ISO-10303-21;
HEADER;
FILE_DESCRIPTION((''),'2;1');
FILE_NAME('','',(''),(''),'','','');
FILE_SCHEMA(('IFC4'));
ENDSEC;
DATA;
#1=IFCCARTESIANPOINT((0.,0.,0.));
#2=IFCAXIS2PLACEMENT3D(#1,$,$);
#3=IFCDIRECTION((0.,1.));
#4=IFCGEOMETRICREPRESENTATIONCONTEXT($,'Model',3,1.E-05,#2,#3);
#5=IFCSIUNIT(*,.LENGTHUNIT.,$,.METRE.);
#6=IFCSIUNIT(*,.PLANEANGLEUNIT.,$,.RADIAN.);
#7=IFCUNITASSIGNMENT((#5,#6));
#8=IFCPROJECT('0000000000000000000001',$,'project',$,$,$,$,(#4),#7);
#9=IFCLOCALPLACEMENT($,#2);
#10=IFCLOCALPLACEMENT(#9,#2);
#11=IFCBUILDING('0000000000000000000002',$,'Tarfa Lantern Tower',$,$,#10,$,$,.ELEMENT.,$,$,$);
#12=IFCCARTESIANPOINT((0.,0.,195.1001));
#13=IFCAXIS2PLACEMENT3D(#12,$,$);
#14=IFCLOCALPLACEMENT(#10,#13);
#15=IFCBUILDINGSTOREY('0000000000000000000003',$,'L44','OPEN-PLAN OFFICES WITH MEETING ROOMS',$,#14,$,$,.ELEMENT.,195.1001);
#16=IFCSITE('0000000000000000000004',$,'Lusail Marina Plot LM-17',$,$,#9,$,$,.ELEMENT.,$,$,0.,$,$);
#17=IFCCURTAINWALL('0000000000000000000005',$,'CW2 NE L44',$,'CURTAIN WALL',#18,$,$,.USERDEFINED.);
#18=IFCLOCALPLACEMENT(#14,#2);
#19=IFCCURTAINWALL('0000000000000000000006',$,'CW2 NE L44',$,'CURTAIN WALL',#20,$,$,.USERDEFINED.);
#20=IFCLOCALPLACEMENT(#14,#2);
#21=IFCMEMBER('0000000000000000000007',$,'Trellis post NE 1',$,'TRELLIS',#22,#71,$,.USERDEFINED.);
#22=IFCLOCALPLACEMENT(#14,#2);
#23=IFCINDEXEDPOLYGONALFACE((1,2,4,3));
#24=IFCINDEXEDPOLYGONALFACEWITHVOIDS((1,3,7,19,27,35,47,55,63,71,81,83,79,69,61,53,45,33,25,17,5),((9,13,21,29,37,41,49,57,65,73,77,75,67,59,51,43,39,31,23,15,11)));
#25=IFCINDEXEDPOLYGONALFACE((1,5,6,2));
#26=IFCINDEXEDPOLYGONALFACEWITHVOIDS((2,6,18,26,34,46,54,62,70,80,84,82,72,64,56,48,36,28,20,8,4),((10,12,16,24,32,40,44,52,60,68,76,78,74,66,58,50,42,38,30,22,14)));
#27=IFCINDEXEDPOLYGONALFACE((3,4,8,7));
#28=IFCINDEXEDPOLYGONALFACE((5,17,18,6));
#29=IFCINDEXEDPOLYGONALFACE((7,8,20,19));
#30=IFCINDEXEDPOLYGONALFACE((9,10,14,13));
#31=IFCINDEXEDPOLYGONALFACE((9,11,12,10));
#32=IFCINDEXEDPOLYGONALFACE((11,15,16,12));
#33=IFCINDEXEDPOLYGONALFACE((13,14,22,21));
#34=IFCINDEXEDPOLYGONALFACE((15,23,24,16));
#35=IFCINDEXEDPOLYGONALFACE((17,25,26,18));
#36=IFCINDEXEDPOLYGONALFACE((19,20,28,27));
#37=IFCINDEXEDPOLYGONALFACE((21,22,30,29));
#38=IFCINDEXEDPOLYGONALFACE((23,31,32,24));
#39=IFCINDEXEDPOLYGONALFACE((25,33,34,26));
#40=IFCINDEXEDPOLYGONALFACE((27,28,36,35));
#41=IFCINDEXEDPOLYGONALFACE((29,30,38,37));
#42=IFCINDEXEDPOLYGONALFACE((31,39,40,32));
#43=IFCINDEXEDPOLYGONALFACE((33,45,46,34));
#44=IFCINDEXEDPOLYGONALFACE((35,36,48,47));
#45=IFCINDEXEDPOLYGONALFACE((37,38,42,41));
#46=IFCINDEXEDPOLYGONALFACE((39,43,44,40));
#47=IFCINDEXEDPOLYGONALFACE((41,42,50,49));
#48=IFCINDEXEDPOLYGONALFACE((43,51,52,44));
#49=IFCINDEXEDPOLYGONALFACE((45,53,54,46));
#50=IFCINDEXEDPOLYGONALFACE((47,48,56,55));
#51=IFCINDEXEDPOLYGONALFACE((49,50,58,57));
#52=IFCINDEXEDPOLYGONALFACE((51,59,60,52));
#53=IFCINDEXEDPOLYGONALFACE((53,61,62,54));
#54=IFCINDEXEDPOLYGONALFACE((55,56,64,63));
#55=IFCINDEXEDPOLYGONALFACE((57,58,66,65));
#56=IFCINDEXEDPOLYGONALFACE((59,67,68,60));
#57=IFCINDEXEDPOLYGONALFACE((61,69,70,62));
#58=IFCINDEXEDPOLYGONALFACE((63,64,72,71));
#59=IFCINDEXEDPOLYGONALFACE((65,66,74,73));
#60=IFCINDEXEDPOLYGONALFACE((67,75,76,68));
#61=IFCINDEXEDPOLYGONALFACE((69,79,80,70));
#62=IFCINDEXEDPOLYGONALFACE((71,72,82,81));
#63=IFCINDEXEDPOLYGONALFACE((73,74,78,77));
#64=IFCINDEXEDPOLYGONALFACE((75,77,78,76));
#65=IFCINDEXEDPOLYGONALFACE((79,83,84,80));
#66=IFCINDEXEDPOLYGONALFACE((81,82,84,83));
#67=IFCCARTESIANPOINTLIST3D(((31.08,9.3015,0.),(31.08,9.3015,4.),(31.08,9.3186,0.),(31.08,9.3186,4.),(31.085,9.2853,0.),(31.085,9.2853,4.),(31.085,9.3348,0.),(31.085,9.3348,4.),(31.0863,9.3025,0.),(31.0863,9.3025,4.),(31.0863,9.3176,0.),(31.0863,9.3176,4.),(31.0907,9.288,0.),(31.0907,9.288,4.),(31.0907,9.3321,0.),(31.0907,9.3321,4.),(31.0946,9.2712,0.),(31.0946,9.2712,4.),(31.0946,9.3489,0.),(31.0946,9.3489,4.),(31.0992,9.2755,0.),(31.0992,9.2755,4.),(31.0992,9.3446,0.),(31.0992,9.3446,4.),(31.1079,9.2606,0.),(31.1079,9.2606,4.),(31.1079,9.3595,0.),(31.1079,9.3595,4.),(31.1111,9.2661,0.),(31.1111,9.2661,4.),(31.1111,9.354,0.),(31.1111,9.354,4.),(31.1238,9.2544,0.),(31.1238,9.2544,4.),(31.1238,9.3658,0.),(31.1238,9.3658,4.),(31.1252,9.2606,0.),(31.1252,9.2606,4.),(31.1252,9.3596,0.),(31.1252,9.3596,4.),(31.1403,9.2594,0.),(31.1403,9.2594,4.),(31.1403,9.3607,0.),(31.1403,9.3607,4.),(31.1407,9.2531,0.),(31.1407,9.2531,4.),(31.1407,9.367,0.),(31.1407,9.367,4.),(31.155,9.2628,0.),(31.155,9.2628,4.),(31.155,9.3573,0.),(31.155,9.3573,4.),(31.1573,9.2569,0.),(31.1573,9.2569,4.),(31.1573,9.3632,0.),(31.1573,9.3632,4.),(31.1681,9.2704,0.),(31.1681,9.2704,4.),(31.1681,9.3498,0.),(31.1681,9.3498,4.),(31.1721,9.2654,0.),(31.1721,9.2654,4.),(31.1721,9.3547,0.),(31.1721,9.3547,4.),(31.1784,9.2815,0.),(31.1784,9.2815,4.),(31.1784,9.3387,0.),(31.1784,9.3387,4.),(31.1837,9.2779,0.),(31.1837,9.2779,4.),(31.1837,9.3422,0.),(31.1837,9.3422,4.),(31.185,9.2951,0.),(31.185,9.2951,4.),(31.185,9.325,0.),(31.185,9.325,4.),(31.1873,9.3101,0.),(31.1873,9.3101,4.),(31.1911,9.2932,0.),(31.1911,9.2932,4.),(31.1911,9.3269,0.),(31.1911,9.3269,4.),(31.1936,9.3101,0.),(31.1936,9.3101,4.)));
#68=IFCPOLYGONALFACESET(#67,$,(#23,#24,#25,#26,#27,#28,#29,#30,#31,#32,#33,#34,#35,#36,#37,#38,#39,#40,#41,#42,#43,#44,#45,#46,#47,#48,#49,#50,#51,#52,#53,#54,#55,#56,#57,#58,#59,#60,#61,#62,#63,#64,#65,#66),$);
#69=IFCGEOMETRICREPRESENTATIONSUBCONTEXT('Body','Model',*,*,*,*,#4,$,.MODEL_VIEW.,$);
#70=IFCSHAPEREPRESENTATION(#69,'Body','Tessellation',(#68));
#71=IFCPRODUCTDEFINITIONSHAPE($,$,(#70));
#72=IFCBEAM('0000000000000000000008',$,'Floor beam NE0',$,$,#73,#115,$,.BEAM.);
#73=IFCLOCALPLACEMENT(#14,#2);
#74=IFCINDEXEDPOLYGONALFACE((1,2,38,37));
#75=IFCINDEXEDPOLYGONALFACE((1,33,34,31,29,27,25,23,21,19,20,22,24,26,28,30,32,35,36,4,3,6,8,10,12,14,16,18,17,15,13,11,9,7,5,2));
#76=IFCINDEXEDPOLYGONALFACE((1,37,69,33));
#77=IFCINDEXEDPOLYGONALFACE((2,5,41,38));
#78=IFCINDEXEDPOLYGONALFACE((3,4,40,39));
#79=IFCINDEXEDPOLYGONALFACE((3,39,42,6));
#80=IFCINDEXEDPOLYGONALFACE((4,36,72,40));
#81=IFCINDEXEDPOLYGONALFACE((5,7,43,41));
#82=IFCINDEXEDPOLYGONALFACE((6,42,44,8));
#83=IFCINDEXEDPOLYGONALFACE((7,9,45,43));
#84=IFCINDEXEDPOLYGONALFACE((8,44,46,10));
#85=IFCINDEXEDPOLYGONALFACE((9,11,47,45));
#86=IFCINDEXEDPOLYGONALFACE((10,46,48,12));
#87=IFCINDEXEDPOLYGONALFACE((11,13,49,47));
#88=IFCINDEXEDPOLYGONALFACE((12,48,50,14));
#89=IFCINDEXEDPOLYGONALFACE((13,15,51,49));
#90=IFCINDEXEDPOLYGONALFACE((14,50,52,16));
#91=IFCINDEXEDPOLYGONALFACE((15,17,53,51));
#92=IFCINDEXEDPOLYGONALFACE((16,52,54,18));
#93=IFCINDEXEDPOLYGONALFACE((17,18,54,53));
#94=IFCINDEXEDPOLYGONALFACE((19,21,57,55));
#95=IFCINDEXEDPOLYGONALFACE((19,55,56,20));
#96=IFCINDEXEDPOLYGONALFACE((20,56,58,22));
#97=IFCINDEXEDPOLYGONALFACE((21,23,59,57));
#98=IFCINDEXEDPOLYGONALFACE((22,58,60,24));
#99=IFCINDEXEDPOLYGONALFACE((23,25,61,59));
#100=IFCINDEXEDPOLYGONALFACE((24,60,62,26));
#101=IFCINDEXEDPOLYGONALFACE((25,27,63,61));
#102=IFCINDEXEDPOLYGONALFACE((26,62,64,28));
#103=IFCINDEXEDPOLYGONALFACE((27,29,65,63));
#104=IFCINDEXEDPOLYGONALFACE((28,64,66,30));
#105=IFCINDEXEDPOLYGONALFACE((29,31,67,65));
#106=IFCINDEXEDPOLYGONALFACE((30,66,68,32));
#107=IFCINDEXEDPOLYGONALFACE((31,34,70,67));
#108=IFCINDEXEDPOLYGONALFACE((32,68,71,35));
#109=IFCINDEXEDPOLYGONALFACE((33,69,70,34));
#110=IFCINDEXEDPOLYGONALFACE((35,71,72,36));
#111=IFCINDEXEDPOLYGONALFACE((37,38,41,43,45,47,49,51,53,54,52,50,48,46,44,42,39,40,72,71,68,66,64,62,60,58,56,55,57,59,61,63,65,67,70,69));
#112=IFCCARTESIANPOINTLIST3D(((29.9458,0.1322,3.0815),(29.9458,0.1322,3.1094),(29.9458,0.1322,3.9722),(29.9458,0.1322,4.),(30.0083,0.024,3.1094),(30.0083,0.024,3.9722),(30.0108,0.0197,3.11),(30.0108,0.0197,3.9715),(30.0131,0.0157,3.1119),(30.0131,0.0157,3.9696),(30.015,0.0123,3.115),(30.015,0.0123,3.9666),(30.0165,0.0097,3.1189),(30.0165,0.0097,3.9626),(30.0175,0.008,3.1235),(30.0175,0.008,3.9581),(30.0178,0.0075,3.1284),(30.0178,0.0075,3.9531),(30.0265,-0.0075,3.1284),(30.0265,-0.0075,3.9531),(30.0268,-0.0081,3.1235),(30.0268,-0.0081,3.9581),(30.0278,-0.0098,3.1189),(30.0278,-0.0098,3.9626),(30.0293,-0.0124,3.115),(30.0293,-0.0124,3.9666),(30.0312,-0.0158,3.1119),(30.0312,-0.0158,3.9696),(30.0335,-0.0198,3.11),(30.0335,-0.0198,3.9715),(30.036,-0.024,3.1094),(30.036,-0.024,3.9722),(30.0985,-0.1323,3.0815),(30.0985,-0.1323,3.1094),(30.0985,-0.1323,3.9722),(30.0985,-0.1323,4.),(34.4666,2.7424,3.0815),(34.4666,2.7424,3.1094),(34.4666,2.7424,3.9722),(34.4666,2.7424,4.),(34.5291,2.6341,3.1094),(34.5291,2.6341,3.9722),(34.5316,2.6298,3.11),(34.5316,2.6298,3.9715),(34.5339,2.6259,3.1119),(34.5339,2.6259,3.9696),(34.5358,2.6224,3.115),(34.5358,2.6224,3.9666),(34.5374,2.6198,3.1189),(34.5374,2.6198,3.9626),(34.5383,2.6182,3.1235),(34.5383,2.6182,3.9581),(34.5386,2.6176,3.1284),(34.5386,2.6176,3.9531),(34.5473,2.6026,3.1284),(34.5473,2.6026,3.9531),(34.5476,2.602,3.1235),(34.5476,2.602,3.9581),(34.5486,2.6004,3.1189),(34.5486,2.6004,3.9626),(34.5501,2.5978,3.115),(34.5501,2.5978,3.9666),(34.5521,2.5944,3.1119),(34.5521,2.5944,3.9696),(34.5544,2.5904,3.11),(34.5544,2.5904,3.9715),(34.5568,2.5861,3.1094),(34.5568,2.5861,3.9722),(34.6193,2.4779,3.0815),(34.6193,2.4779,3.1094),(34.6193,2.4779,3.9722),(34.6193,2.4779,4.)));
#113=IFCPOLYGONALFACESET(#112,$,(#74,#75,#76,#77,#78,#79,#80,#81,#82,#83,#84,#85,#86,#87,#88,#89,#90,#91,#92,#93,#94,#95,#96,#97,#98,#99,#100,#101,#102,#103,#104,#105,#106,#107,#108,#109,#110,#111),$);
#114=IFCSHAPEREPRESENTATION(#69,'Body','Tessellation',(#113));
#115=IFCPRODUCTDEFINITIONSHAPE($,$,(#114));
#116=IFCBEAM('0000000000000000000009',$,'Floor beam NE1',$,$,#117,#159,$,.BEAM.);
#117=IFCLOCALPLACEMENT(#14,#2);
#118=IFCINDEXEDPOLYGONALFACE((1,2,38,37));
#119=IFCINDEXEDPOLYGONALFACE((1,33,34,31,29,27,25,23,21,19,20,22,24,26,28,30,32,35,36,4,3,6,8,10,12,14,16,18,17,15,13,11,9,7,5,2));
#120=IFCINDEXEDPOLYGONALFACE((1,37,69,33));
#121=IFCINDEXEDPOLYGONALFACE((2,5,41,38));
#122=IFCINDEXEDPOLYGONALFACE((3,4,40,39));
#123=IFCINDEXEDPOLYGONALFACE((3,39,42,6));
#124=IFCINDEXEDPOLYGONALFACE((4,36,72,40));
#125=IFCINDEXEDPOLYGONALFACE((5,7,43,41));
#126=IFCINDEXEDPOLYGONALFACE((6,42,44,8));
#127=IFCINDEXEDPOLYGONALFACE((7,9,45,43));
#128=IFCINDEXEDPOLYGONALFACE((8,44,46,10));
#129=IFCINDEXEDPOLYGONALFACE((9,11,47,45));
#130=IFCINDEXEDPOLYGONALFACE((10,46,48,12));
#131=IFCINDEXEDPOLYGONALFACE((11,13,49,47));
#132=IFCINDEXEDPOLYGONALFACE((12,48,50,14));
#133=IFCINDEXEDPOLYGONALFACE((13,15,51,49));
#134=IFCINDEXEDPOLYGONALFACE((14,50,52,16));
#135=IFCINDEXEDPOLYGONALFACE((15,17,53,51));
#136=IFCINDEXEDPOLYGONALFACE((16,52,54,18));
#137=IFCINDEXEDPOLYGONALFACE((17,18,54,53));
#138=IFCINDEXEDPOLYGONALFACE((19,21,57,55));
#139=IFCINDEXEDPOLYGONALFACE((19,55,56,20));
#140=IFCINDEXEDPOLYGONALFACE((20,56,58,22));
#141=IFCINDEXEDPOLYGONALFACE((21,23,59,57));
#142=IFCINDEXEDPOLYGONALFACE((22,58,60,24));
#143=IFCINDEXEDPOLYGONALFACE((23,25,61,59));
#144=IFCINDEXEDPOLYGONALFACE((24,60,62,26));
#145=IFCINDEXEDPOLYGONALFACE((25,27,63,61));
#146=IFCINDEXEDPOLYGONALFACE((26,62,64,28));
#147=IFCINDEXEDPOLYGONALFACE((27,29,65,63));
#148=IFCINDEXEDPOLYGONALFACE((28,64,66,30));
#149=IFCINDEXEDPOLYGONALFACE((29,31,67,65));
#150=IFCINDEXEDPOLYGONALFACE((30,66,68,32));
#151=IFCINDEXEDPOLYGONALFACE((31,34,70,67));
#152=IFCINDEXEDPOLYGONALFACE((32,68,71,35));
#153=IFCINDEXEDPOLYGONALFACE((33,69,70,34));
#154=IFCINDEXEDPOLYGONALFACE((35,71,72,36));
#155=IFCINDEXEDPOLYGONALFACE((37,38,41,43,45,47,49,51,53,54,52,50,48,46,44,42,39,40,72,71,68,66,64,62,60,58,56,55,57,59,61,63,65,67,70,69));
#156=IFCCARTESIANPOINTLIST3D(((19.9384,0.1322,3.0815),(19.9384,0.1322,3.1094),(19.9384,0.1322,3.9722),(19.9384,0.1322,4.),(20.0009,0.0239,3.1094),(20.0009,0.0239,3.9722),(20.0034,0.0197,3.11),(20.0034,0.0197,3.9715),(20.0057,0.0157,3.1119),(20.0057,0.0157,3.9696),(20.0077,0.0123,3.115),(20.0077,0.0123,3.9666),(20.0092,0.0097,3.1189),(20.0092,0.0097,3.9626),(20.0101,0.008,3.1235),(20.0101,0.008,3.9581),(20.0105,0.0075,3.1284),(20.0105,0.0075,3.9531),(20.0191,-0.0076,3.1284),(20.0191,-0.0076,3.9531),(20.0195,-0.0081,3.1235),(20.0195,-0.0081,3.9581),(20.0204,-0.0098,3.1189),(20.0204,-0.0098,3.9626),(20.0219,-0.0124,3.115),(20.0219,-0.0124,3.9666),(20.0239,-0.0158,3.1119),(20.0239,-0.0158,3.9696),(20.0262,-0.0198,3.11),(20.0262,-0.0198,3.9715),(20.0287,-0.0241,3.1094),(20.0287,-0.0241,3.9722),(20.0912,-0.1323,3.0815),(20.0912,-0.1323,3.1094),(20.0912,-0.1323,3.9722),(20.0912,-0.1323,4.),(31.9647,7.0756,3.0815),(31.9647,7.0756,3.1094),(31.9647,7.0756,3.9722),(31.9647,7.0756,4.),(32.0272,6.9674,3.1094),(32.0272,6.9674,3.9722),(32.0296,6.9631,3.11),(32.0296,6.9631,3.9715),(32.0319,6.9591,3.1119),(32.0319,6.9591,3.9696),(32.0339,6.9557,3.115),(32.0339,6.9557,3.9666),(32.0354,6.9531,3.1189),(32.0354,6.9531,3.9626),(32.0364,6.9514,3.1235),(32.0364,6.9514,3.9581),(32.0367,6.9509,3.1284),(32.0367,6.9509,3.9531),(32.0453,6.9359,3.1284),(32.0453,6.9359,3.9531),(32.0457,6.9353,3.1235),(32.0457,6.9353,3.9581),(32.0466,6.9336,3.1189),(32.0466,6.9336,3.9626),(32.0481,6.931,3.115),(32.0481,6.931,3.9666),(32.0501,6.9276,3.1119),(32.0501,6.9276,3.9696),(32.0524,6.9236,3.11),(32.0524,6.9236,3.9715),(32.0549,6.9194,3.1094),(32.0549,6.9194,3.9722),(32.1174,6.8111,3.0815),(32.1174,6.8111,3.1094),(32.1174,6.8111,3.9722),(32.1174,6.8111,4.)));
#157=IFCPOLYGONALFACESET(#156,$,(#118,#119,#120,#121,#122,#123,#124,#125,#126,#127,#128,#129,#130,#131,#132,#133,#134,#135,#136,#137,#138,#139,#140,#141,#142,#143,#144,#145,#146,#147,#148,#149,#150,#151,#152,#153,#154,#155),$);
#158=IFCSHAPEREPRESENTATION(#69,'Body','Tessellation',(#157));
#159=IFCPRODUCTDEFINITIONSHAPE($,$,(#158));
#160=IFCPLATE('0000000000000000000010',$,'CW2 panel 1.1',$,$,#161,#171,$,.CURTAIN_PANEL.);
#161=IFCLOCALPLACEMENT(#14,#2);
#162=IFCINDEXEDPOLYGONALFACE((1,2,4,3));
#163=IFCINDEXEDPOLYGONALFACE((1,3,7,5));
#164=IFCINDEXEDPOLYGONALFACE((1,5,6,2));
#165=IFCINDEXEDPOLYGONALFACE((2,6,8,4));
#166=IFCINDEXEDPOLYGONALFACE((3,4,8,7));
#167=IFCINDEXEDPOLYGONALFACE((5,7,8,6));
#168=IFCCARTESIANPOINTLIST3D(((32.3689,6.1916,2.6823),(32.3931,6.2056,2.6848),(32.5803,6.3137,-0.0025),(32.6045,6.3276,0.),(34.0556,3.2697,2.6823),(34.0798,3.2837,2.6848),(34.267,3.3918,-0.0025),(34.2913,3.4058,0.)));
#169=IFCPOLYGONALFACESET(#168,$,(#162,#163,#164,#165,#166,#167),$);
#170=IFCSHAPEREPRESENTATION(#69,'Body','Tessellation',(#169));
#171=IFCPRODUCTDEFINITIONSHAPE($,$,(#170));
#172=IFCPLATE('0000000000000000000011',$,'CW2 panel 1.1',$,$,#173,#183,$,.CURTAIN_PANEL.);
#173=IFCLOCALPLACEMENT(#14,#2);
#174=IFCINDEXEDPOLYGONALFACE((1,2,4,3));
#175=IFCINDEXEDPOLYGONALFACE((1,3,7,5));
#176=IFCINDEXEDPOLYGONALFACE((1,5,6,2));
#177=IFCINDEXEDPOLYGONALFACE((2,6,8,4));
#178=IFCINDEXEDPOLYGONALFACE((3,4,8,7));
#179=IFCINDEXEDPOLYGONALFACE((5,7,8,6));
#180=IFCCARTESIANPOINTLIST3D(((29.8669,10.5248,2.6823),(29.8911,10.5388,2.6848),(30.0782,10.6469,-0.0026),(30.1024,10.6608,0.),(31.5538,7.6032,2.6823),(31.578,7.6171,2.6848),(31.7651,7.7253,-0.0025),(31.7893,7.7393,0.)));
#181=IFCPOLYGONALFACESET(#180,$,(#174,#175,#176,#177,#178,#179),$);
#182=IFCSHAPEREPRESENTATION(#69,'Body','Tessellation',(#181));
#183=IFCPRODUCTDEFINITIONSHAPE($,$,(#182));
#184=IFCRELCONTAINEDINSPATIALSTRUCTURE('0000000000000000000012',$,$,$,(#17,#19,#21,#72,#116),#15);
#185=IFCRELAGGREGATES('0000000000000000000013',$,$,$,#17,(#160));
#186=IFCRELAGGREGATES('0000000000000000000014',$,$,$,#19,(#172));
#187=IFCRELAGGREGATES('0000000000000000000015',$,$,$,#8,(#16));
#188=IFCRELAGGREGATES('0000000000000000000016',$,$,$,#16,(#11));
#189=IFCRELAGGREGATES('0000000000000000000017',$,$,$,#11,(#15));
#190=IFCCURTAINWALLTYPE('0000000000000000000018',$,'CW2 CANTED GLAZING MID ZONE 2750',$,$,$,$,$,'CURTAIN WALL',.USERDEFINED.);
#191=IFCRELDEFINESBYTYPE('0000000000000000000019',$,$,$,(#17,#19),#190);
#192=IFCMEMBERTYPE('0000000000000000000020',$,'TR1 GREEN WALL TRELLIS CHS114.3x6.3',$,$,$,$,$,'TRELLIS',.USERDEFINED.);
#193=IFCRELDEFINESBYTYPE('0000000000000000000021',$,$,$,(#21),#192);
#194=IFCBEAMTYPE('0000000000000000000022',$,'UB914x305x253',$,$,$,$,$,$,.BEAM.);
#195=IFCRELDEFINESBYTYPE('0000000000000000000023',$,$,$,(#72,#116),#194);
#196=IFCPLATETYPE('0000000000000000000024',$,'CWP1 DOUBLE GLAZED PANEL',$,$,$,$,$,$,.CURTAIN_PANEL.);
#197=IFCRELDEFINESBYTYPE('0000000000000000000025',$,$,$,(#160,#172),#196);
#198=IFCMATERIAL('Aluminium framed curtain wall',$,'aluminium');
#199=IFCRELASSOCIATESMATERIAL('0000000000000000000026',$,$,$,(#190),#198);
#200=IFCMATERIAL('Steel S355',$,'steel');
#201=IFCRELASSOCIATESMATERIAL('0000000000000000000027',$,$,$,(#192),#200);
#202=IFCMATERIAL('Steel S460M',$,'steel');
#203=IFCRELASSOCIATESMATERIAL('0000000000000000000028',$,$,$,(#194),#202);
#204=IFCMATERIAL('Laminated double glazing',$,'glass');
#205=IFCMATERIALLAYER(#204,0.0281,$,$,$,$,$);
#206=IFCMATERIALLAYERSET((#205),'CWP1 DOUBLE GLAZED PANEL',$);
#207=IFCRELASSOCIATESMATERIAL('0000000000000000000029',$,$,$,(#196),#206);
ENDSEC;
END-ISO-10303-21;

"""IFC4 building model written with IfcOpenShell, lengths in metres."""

from ifc_helpers import new_model, si_unit, direction, frame, origin, origin_2d, place, context, subcontext, project, spatial, polyline, hollow_circle, i_section, outline, extrude, material, layer, layer_set, material_profile, profile_set, type_object, element, aggregate, save


model = new_model("IFC4")

# Units and contexts
model_context = context("Model", 3, precision=1e-05, world=origin(), true_north=direction((0.0, 1.0)))
body_context = subcontext(model_context, "Body", "Model", "MODEL_VIEW")
ifc_project = project(units=[si_unit("LENGTHUNIT", "METRE"), si_unit("PLANEANGLEUNIT", "RADIAN")], contexts=[model_context])

# Site, building, storey
site_placement = place(None, origin())
site = spatial("IfcSite", under=ifc_project, at=site_placement, Name="Lusail Marina Plot LM-17", CompositionType="ELEMENT", RefElevation=0.0)
building_placement = place(site_placement, origin())
building = spatial("IfcBuilding", under=site, at=building_placement, Name="Tarfa Lantern Tower", CompositionType="ELEMENT")
storey_placement = place(building_placement, frame((0.0, 0.0, 195.1001)))
storey = spatial("IfcBuildingStorey", under=building, at=storey_placement, Name="L44", Description="OPEN-PLAN OFFICES WITH MEETING ROOMS", CompositionType="ELEMENT", Elevation=195.1001)

# Curtain walls
ifc_material_1 = material(Name="Aluminium framed curtain wall", Category="aluminium")
curtain_wall_type_1 = type_object("IfcCurtainWallType", Name="CW2 CANTED GLAZING MID ZONE 2750", ElementType="CURTAIN WALL", PredefinedType="USERDEFINED", material=ifc_material_1)
curtain_wall_1_placement = place(storey_placement, origin())
curtain_wall_1 = element("IfcCurtainWall", 1, at=curtain_wall_1_placement, inside=storey, type_object=curtain_wall_type_1, Name="CW2 NE L44", ObjectType="CURTAIN WALL", PredefinedType="USERDEFINED")
curtain_wall_2_placement = place(storey_placement, origin())
curtain_wall_2 = element("IfcCurtainWall", 2, at=curtain_wall_2_placement, inside=storey, type_object=curtain_wall_type_1, Name="CW2 NE L44", ObjectType="CURTAIN WALL", PredefinedType="USERDEFINED")

# Member
ifc_material_2 = material(Name="Steel S355", Category="steel")
ifc_material_profile_1 = material_profile(ifc_material_2, hollow_circle(Radius=0.0571, WallThickness=0.0063, at=origin_2d()), Name="CHS114.3x6.3")
ifc_profile_set_1 = profile_set([ifc_material_profile_1], Name="Steel S355")
member_type_1 = type_object("IfcMemberType", Name="TR1 GREEN WALL TRELLIS CHS114.3x6.3", ElementType="TRELLIS", PredefinedType="USERDEFINED", material=ifc_profile_set_1)
member_1_placement = place(storey_placement, frame((31.1365, 9.3101, 0.0), z_axis=(0.0, 0.0, 1.0), x_axis=(1.0, 0.0, 0.0)))
element("IfcMember", 3, at=member_1_placement, inside=storey, type_object=member_type_1, Name="Trellis post NE 1", ObjectType="TRELLIS", PredefinedType="USERDEFINED", context=body_context, shape_type="SweptSolid", body=[
    extrude(hollow_circle(Radius=0.0571, WallThickness=0.0063, at=origin_2d()), origin(), (0.0, 0.0, 1.0), 4.0),
])

# Beams
ifc_material_3 = material(Name="Steel S460M", Category="steel")
ifc_material_profile_2 = material_profile(ifc_material_3, i_section(OverallWidth=0.3054, OverallDepth=0.9185, WebThickness=0.0173, FlangeThickness=0.0278, FilletRadius=0.019, at=origin_2d()), Name="UB914x305x253")
ifc_profile_set_2 = profile_set([ifc_material_profile_2], Name="Steel S460M")
beam_type_1 = type_object("IfcBeamType", Name="UB914x305x253", PredefinedType="BEAM", material=ifc_profile_set_2)
beam_1_placement = place(storey_placement, frame((34.543, 2.6101, 3.5408), z_axis=(-0.866021, -0.500007, 0.0), x_axis=(0.500007, -0.866021, 0.0)))
element("IfcBeam", 4, at=beam_1_placement, inside=storey, type_object=beam_type_1, Name="Floor beam NE0", PredefinedType="BEAM", context=body_context, shape_type="SweptSolid", body=[
    extrude(i_section(OverallWidth=0.3054, OverallDepth=0.9185, WebThickness=0.0173, FlangeThickness=0.0278, FilletRadius=0.019, at=origin_2d()), origin(), (0.0, 0.0, 1.0), 5.2202),
])
beam_2_placement = place(storey_placement, frame((32.041, 6.9434, 3.5408), z_axis=(-0.866023, -0.500004, 0.0), x_axis=(0.500004, -0.866023, 0.0)))
element("IfcBeam", 5, at=beam_2_placement, inside=storey, type_object=beam_type_1, Name="Floor beam NE1", PredefinedType="BEAM", context=body_context, shape_type="SweptSolid", body=[
    extrude(i_section(OverallWidth=0.3054, OverallDepth=0.9185, WebThickness=0.0173, FlangeThickness=0.0278, FilletRadius=0.019, at=origin_2d()), origin(), (0.0, 0.0, 1.0), 13.8867),
])

# Plates
ifc_material_4 = material(Name="Laminated double glazing", Category="glass")
ifc_layer_1 = layer(ifc_material_4, 0.0281)
ifc_layer_set_1 = layer_set([ifc_layer_1], Name="CWP1 DOUBLE GLAZED PANEL")
plate_type = type_object("IfcPlateType", Name="CWP1 DOUBLE GLAZED PANEL", PredefinedType="CURTAIN_PANEL", material=ifc_layer_set_1)
plate_1_placement = place(storey_placement, frame((34.2913, 3.4058, 0.0), z_axis=(0.86249, 0.497906, 0.090558), x_axis=(-0.49996, 0.866048, 0.0)))
plate_1 = element("IfcPlate", 6, at=plate_1_placement, type_object=plate_type, Name="CW2 panel 1.1", PredefinedType="CURTAIN_PANEL", context=body_context, shape_type="SweptSolid", body=[
    extrude(outline(polyline([(0.0, 0.0), (3.3738, 0.0), (3.3738, 2.6959), (0.0, 2.6959), (0.0, 0.0)])), origin(), (0.0, 0.0, -1.0), 0.0281),
])
aggregate(curtain_wall_1, [plate_1])
plate_2_placement = place(storey_placement, frame((31.7893, 7.7393, 0.0), z_axis=(0.862459, 0.497966, 0.090519), x_axis=(-0.500019, 0.866015, -0.000003)))
plate_2 = element("IfcPlate", 7, at=plate_2_placement, type_object=plate_type, Name="CW2 panel 1.1", PredefinedType="CURTAIN_PANEL", context=body_context, shape_type="SweptSolid", body=[
    extrude(outline(polyline([(0.0, 0.0), (3.3736, 0.0), (3.3736, 2.6959), (-0.0001, 2.6959), (0.0, 0.0)])), origin(), (0.0, 0.0, -1.0), 0.0281),
])
aggregate(curtain_wall_2, [plate_2])

save(model, "model.ifc")
